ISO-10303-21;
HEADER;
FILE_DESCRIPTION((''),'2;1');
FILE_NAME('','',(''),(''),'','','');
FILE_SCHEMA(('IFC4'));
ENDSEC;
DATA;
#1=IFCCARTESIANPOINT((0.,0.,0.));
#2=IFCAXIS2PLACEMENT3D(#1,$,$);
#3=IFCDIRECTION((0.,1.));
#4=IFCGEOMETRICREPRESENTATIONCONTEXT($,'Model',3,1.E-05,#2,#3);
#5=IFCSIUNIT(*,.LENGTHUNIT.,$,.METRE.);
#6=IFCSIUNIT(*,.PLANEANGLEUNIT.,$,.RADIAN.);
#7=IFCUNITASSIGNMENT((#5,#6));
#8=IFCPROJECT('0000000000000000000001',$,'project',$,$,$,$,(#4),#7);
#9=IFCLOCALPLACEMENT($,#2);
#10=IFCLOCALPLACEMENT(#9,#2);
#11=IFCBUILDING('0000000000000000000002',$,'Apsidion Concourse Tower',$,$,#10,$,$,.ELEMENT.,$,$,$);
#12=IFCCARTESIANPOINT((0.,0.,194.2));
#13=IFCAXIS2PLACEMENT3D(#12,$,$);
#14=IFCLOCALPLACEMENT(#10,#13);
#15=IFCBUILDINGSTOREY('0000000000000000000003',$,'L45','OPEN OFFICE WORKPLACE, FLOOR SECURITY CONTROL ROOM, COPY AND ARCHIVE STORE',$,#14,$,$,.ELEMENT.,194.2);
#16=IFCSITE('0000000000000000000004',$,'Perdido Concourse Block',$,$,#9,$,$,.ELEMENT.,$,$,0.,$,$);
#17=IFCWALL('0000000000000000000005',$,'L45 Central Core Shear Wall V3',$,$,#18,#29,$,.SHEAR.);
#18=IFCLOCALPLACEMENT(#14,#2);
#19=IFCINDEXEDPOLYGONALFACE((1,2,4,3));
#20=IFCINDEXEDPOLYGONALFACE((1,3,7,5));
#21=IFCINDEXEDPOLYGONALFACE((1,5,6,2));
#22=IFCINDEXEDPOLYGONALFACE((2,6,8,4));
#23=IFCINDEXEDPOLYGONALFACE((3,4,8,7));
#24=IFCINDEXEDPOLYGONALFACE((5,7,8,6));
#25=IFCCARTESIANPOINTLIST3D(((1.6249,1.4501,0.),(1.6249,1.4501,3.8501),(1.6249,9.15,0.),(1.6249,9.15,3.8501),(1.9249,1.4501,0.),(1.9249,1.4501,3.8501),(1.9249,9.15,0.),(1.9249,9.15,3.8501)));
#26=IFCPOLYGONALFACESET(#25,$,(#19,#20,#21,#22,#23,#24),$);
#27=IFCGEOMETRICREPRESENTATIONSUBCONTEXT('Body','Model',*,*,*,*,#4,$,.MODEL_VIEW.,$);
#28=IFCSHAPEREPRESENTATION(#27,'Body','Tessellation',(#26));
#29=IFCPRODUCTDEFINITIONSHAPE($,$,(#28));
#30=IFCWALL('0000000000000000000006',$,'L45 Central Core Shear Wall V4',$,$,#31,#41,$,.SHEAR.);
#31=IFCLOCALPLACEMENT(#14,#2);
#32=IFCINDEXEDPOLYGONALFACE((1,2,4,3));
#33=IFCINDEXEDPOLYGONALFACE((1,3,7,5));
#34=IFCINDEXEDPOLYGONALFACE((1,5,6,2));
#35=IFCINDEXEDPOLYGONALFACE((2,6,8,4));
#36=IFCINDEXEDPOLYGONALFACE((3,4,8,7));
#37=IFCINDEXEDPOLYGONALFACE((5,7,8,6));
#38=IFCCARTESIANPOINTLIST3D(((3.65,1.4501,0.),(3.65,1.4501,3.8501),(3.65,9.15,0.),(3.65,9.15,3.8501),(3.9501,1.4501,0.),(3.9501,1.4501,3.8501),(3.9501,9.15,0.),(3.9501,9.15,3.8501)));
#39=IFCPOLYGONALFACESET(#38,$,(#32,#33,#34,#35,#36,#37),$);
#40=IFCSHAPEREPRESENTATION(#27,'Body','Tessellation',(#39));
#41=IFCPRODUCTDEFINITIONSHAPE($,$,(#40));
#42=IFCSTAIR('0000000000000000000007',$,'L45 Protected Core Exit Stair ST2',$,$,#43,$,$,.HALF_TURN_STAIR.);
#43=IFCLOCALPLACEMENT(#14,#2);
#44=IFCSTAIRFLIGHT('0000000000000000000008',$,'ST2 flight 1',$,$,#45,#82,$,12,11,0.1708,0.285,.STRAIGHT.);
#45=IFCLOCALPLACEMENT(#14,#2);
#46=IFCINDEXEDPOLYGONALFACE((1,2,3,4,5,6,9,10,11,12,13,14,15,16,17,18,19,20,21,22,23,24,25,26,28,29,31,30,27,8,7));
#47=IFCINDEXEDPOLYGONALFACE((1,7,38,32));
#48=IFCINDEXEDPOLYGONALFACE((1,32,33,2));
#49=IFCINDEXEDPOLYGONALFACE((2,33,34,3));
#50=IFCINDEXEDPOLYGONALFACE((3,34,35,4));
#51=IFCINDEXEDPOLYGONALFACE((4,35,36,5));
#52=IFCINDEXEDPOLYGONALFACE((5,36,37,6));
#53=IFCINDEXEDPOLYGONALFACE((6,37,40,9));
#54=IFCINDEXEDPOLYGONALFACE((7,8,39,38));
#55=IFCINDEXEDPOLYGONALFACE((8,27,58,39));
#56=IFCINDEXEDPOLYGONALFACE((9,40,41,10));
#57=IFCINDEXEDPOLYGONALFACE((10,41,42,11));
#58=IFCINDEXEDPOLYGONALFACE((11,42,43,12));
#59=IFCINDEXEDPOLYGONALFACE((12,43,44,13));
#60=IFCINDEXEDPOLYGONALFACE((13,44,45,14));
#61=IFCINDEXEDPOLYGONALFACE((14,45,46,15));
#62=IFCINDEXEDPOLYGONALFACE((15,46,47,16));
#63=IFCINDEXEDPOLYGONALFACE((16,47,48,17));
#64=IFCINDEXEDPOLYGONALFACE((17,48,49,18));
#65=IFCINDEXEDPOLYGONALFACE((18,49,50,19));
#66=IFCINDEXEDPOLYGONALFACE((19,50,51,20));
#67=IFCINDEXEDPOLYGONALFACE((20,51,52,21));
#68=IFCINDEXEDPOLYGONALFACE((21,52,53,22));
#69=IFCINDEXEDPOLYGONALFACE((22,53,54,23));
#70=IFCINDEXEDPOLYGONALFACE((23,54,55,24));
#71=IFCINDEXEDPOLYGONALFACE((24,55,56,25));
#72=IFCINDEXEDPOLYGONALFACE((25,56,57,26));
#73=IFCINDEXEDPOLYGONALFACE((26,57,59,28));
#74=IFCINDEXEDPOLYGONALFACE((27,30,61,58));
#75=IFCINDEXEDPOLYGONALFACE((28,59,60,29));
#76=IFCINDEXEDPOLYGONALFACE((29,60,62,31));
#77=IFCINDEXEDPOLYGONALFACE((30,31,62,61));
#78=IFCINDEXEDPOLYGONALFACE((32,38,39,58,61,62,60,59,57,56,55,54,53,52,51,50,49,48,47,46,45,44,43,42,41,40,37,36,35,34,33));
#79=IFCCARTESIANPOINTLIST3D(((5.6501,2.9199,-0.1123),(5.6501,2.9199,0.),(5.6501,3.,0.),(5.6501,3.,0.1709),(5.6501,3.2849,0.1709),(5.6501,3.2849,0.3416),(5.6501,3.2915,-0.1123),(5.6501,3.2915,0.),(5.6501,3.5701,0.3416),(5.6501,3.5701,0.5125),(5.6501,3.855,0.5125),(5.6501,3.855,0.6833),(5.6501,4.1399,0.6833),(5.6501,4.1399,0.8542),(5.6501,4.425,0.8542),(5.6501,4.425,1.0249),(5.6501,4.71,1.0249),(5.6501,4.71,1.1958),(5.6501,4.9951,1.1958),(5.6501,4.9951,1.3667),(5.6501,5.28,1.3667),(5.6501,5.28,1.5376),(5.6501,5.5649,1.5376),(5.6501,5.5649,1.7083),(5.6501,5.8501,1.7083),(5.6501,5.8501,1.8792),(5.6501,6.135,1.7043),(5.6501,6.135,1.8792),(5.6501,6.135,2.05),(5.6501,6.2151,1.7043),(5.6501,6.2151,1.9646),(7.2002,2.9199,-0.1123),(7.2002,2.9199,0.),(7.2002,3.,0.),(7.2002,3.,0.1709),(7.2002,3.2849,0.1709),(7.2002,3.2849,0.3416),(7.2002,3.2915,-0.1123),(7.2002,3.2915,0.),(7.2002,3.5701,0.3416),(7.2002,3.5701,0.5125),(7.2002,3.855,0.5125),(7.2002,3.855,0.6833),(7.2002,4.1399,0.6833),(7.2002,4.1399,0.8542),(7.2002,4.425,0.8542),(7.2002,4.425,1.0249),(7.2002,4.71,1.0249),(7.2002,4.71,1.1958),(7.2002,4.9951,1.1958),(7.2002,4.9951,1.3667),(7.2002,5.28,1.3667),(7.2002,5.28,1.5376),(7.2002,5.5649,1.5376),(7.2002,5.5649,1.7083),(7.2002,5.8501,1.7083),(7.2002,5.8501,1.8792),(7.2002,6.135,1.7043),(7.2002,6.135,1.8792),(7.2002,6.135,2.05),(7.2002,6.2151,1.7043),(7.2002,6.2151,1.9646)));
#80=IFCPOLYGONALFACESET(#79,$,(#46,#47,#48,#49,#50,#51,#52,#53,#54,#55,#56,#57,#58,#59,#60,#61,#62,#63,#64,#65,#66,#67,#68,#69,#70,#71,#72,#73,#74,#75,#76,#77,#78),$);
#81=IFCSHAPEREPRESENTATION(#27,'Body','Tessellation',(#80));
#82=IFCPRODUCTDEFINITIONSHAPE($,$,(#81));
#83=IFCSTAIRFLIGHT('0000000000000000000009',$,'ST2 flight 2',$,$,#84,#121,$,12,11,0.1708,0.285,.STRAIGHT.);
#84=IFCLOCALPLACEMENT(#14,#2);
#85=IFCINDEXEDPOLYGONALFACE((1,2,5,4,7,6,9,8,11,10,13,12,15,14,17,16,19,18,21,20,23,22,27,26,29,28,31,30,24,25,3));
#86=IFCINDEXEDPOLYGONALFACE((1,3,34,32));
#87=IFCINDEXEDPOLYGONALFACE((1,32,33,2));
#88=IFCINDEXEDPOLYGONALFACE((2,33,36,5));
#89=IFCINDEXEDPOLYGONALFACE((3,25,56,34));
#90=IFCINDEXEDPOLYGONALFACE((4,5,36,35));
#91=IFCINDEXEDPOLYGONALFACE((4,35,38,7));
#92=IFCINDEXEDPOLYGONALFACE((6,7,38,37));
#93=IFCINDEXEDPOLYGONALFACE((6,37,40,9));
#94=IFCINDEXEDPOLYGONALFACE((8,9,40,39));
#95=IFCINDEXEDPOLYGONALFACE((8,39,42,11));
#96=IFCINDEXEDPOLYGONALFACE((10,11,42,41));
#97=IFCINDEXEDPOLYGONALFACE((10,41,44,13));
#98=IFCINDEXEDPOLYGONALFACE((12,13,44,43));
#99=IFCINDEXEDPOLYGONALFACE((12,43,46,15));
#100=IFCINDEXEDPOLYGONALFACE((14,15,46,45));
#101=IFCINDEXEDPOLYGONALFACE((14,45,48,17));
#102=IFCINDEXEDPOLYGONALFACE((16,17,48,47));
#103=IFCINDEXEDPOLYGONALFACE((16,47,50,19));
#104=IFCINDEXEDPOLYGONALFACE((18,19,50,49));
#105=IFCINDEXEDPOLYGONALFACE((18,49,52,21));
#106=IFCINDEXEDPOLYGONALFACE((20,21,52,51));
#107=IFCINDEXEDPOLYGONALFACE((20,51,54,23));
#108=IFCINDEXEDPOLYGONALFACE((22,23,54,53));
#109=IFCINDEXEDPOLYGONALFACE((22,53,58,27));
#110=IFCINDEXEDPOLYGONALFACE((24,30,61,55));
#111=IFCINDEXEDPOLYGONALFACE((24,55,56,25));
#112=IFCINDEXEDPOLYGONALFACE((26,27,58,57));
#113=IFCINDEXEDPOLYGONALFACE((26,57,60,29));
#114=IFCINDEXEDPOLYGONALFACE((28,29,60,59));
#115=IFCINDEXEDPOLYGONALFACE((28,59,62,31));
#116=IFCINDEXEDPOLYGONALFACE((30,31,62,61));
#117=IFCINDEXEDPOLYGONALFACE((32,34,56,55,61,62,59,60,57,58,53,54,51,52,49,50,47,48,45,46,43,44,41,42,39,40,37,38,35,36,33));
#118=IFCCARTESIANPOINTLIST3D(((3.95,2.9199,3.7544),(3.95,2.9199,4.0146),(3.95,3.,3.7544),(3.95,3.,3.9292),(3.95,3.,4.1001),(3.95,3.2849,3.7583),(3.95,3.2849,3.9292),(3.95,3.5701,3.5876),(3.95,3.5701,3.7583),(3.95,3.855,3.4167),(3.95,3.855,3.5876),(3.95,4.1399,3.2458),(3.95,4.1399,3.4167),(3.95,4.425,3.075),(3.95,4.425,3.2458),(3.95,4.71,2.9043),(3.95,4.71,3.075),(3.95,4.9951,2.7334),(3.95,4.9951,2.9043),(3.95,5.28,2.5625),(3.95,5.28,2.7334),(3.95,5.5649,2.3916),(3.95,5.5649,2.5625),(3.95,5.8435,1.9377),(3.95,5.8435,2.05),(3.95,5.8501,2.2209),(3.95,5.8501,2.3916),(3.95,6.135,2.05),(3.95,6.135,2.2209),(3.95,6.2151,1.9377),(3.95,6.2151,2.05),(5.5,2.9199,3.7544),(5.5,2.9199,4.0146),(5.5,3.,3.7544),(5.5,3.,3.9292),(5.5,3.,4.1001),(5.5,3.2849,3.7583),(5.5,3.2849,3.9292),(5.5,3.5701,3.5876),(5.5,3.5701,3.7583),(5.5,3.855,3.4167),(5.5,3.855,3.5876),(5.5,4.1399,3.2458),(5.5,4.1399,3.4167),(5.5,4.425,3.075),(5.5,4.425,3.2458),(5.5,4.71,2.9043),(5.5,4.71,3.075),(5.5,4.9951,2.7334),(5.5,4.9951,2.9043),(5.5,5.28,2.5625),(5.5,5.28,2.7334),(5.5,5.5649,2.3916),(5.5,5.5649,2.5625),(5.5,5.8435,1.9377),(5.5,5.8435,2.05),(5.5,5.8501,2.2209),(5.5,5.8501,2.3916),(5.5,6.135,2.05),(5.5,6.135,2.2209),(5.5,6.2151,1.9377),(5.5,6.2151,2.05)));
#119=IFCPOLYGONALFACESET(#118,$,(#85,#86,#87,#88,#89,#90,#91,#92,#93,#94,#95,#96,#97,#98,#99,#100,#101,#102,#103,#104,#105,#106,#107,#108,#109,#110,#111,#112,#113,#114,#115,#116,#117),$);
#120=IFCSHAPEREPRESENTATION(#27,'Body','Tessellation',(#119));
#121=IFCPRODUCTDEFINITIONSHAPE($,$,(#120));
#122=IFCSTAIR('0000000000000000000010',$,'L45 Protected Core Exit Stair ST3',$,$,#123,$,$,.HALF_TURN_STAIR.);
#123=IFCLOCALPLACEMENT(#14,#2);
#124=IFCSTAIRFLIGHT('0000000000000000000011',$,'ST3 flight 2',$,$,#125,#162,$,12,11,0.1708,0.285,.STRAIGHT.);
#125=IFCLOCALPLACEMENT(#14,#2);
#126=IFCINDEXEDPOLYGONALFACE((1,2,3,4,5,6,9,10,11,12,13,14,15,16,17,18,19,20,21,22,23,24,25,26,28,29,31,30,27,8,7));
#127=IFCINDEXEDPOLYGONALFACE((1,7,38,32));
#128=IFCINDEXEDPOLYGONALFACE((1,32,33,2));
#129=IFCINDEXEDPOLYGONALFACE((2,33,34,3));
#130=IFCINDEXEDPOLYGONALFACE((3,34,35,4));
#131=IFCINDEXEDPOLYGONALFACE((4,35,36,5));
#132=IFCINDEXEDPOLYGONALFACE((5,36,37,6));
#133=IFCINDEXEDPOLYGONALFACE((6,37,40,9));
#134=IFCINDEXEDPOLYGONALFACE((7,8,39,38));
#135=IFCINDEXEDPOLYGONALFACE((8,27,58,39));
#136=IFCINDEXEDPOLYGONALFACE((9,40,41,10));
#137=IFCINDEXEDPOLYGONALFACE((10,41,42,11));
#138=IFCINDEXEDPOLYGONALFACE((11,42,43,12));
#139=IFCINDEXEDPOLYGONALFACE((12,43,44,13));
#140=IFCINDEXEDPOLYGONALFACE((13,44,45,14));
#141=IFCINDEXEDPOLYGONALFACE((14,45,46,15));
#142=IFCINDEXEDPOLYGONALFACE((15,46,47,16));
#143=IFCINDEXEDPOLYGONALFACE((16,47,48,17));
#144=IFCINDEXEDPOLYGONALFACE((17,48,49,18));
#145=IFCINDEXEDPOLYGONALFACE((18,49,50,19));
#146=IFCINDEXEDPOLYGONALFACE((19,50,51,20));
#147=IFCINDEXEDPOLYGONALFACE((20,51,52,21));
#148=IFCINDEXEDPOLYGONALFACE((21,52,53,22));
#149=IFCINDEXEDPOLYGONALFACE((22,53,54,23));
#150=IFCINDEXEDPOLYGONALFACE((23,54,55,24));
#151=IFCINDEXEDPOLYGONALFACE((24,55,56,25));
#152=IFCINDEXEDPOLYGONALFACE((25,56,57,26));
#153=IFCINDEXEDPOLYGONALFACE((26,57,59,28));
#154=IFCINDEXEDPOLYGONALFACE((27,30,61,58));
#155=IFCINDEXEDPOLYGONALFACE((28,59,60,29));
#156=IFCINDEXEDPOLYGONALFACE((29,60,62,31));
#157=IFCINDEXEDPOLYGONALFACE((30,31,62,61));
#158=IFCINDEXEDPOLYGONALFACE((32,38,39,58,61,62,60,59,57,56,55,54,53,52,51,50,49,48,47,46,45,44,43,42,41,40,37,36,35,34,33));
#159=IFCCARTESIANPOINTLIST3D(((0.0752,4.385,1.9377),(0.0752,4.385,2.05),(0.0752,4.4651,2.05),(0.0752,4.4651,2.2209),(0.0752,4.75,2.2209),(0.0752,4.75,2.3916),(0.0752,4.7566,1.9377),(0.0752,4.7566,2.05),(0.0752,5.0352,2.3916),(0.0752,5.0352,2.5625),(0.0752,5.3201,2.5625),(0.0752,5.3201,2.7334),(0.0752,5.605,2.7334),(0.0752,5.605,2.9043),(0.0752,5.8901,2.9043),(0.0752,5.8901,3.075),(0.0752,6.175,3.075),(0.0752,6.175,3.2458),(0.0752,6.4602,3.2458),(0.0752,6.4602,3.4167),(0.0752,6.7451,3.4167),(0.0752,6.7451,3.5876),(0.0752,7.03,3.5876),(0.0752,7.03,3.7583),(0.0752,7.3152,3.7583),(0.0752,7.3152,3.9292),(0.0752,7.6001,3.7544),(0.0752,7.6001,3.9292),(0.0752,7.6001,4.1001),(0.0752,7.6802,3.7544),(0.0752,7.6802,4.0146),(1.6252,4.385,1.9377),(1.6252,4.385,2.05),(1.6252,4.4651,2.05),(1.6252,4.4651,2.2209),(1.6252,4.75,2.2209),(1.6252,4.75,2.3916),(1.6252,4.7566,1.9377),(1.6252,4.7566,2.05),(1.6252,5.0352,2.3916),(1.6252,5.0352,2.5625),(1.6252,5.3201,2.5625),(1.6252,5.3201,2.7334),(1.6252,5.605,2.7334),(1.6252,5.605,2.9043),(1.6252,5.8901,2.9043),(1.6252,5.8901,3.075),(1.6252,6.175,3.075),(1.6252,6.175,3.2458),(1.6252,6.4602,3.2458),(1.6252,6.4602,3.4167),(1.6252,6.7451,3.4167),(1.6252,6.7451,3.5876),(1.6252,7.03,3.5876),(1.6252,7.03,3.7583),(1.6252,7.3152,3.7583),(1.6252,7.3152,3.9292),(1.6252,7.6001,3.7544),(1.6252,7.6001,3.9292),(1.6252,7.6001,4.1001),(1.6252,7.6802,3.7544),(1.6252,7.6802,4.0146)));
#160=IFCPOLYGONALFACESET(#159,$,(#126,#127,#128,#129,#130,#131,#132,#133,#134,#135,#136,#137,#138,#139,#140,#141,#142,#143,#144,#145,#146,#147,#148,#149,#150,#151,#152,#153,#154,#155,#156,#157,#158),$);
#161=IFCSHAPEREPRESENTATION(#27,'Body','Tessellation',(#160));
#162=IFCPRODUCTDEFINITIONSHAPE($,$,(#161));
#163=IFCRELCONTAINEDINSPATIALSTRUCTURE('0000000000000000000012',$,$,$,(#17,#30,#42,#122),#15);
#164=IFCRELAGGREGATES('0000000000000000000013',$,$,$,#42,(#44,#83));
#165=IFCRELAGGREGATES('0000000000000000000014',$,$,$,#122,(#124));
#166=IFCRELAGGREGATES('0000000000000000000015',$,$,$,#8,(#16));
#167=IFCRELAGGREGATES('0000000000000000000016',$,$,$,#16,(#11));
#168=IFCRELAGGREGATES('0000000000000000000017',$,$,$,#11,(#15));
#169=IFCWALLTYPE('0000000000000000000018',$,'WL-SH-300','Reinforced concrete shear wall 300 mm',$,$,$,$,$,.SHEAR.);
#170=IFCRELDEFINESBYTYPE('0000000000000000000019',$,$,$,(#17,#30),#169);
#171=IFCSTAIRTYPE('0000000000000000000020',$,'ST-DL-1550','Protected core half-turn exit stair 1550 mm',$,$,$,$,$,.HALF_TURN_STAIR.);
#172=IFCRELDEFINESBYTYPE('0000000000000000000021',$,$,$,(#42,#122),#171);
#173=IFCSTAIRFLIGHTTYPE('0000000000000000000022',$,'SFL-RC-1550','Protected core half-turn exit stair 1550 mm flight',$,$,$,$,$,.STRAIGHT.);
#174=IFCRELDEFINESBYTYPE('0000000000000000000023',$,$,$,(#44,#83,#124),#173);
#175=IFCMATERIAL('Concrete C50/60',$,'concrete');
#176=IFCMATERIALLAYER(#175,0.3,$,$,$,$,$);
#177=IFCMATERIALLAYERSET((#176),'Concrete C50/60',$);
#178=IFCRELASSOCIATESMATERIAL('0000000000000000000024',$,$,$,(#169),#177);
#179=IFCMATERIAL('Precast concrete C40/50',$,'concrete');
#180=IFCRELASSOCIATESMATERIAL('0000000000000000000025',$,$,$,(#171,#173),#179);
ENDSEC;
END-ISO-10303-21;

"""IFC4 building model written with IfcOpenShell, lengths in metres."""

from ifc_helpers import new_model, si_unit, direction, frame, frame_2d, origin, place, context, subcontext, project, spatial, polyline, rectangle, outline, extrude, material, layer, layer_set, type_object, element, aggregate, save


model = new_model("IFC4")

# Units and contexts
model_context = context("Model", 3, precision=1e-05, world=origin(), true_north=direction((0.0, 1.0)))
body_context = subcontext(model_context, "Body", "Model", "MODEL_VIEW")
ifc_project = project(units=[si_unit("LENGTHUNIT", "METRE"), si_unit("PLANEANGLEUNIT", "RADIAN")], contexts=[model_context])

# Site, building, storey
site_placement = place(None, origin())
site = spatial("IfcSite", under=ifc_project, at=site_placement, Name="Perdido Concourse Block", CompositionType="ELEMENT", RefElevation=0.0)
building_placement = place(site_placement, origin())
building = spatial("IfcBuilding", under=site, at=building_placement, Name="Apsidion Concourse Tower", CompositionType="ELEMENT")
storey_placement = place(building_placement, frame((0.0, 0.0, 194.2)))
storey = spatial("IfcBuildingStorey", under=building, at=storey_placement, Name="L45", Description="OPEN OFFICE WORKPLACE, FLOOR SECURITY CONTROL ROOM, COPY AND ARCHIVE STORE", CompositionType="ELEMENT", Elevation=194.2)

# Shared definitions
ifc_material_1 = material(Name="Concrete C50/60", Category="concrete")

# Walls
ifc_layer_1 = layer(ifc_material_1, 0.3)
ifc_layer_set_1 = layer_set([ifc_layer_1], Name="Concrete C50/60")
wall_type_1 = type_object("IfcWallType", Name="WL-SH-300", Description="Reinforced concrete shear wall 300 mm", PredefinedType="SHEAR", material=ifc_layer_set_1)
for number, where, z_axis, x_axis, name in (
    (1, (1.7749, 1.45, 0.0), (0.0, 0.0, 1.0), (0.0, 1.0, 0.0), "L45 Central Core Shear Wall V3"),
    (2, (3.8, 1.45, 0.0), (0.0, 0.0, 1.0), (0.0, 1.0, 0.0), "L45 Central Core Shear Wall V4"),
):
    element("IfcWall", number, at=place(storey_placement, frame(where, z_axis=z_axis, x_axis=x_axis)), inside=storey, type_object=wall_type_1, Name=name, PredefinedType="SHEAR", context=body_context, shape_type="SweptSolid", body=[
        extrude(rectangle(XDim=7.7, YDim=0.3, at=frame_2d((3.8501, 0.0))), origin(), (0.0, 0.0, 1.0), 3.8501),
    ])

# Stair, stair flights
ifc_material_2 = material(Name="Precast concrete C40/50", Category="concrete")
stair_type = type_object("IfcStairType", Name="ST-DL-1550", Description="Protected core half-turn exit stair 1550 mm", PredefinedType="HALF_TURN_STAIR", material=ifc_material_2)
stair_1_placement = place(storey_placement, origin())
stair_1 = element("IfcStair", 3, at=stair_1_placement, inside=storey, type_object=stair_type, Name="L45 Protected Core Exit Stair ST2", PredefinedType="HALF_TURN_STAIR")
stair_flight_type = type_object("IfcStairFlightType", Name="SFL-RC-1550", Description="Protected core half-turn exit stair 1550 mm flight", PredefinedType="STRAIGHT", material=ifc_material_2)
stair_flight_1_placement = place(storey_placement, frame((6.425, 3.0, 0.0), z_axis=(0.0, 0.0, 1.0), x_axis=(0.0, 1.0, 0.0)))
stair_flight_1 = element("IfcStairFlight", 4, at=stair_flight_1_placement, type_object=stair_flight_type, Name="ST2 flight 1", NumberOfRisers=12, NumberOfTreads=11, PredefinedType="STRAIGHT", RiserHeight=0.1708, TreadLength=0.285, context=body_context, shape_type="SweptSolid", body=[
    extrude(outline(polyline([(-0.0801, -0.1123), (-0.0801, 0.0), (0.0, 0.0), (0.0, 0.1709), (0.2849, 0.1709), (0.2849, 0.3416), (0.5701, 0.3416), (0.5701, 0.5125), (0.855, 0.5125), (0.855, 0.6833), (1.1399, 0.6833), (1.1399, 0.8542), (1.425, 0.8542), (1.425, 1.0249), (1.71, 1.0249), (1.71, 1.1958), (1.9951, 1.1958), (1.9951, 1.3667), (2.28, 1.3667), (2.28, 1.5376), (2.5649, 1.5376), (2.5649, 1.7083), (2.8501, 1.7083), (2.8501, 1.8792), (3.135, 1.8792), (3.135, 2.05), (3.2151, 1.9646), (3.2151, 1.7043), (3.135, 1.7043), (0.2915, 0.0), (0.2915, -0.1123), (-0.0801, -0.1123)])), frame((0.0, 0.7749, 0.0), z_axis=(0.0, -1.0, 0.0), x_axis=(1.0, 0.0, 0.0)), (0.0, 0.0, 1.0), 1.55),
])
stair_flight_2_placement = place(storey_placement, frame((4.7251, 6.135, 2.05), z_axis=(0.0, 0.0, 1.0), x_axis=(0.0, -1.0, 0.0)))
stair_flight_2 = element("IfcStairFlight", 5, at=stair_flight_2_placement, type_object=stair_flight_type, Name="ST2 flight 2", NumberOfRisers=12, NumberOfTreads=11, PredefinedType="STRAIGHT", RiserHeight=0.1708, TreadLength=0.285, context=body_context, shape_type="SweptSolid", body=[
    extrude(outline(polyline([(-0.0801, -0.1123), (-0.0801, 0.0), (0.0, 0.0), (0.0, 0.1709), (0.2849, 0.1709), (0.2849, 0.3416), (0.5701, 0.3416), (0.5701, 0.5125), (0.855, 0.5125), (0.855, 0.6833), (1.1399, 0.6833), (1.1399, 0.8542), (1.425, 0.8542), (1.425, 1.0249), (1.71, 1.0249), (1.71, 1.1958), (1.9951, 1.1958), (1.9951, 1.3667), (2.28, 1.3667), (2.28, 1.5376), (2.5649, 1.5376), (2.5649, 1.7083), (2.8501, 1.7083), (2.8501, 1.8792), (3.135, 1.8792), (3.135, 2.05), (3.2151, 1.9646), (3.2151, 1.7043), (3.135, 1.7043), (0.2915, 0.0), (0.2915, -0.1123), (-0.0801, -0.1123)])), frame((0.0, 0.7749, 0.0), z_axis=(0.0, -1.0, 0.0), x_axis=(1.0, 0.0, 0.0)), (0.0, 0.0, 1.0), 1.55),
])
aggregate(stair_1, [stair_flight_1, stair_flight_2])

# Stair, stair flight
stair_2_placement = place(storey_placement, origin())
stair_2 = element("IfcStair", 6, at=stair_2_placement, inside=storey, type_object=stair_type, Name="L45 Protected Core Exit Stair ST3", PredefinedType="HALF_TURN_STAIR")
stair_flight_3_placement = place(storey_placement, frame((0.8501, 4.4651, 2.05), z_axis=(0.0, 0.0, 1.0), x_axis=(0.0, 1.0, 0.0)))
stair_flight_3 = element("IfcStairFlight", 7, at=stair_flight_3_placement, type_object=stair_flight_type, Name="ST3 flight 2", NumberOfRisers=12, NumberOfTreads=11, PredefinedType="STRAIGHT", RiserHeight=0.1708, TreadLength=0.285, context=body_context, shape_type="SweptSolid", body=[
    extrude(outline(polyline([(-0.0801, -0.1123), (-0.0801, 0.0), (0.0, 0.0), (0.0, 0.1709), (0.2849, 0.1709), (0.2849, 0.3416), (0.5701, 0.3416), (0.5701, 0.5125), (0.855, 0.5125), (0.855, 0.6833), (1.1399, 0.6833), (1.1399, 0.8542), (1.425, 0.8542), (1.425, 1.0249), (1.71, 1.0249), (1.71, 1.1958), (1.9951, 1.1958), (1.9951, 1.3667), (2.28, 1.3667), (2.28, 1.5376), (2.5649, 1.5376), (2.5649, 1.7083), (2.8501, 1.7083), (2.8501, 1.8792), (3.135, 1.8792), (3.135, 2.05), (3.2151, 1.9646), (3.2151, 1.7043), (3.135, 1.7043), (0.2915, 0.0), (0.2915, -0.1123), (-0.0801, -0.1123)])), frame((0.0, 0.7749, 0.0), z_axis=(0.0, -1.0, 0.0), x_axis=(1.0, 0.0, 0.0)), (0.0, 0.0, 1.0), 1.55),
])
aggregate(stair_2, [stair_flight_3])

save(model, "model.ifc")
